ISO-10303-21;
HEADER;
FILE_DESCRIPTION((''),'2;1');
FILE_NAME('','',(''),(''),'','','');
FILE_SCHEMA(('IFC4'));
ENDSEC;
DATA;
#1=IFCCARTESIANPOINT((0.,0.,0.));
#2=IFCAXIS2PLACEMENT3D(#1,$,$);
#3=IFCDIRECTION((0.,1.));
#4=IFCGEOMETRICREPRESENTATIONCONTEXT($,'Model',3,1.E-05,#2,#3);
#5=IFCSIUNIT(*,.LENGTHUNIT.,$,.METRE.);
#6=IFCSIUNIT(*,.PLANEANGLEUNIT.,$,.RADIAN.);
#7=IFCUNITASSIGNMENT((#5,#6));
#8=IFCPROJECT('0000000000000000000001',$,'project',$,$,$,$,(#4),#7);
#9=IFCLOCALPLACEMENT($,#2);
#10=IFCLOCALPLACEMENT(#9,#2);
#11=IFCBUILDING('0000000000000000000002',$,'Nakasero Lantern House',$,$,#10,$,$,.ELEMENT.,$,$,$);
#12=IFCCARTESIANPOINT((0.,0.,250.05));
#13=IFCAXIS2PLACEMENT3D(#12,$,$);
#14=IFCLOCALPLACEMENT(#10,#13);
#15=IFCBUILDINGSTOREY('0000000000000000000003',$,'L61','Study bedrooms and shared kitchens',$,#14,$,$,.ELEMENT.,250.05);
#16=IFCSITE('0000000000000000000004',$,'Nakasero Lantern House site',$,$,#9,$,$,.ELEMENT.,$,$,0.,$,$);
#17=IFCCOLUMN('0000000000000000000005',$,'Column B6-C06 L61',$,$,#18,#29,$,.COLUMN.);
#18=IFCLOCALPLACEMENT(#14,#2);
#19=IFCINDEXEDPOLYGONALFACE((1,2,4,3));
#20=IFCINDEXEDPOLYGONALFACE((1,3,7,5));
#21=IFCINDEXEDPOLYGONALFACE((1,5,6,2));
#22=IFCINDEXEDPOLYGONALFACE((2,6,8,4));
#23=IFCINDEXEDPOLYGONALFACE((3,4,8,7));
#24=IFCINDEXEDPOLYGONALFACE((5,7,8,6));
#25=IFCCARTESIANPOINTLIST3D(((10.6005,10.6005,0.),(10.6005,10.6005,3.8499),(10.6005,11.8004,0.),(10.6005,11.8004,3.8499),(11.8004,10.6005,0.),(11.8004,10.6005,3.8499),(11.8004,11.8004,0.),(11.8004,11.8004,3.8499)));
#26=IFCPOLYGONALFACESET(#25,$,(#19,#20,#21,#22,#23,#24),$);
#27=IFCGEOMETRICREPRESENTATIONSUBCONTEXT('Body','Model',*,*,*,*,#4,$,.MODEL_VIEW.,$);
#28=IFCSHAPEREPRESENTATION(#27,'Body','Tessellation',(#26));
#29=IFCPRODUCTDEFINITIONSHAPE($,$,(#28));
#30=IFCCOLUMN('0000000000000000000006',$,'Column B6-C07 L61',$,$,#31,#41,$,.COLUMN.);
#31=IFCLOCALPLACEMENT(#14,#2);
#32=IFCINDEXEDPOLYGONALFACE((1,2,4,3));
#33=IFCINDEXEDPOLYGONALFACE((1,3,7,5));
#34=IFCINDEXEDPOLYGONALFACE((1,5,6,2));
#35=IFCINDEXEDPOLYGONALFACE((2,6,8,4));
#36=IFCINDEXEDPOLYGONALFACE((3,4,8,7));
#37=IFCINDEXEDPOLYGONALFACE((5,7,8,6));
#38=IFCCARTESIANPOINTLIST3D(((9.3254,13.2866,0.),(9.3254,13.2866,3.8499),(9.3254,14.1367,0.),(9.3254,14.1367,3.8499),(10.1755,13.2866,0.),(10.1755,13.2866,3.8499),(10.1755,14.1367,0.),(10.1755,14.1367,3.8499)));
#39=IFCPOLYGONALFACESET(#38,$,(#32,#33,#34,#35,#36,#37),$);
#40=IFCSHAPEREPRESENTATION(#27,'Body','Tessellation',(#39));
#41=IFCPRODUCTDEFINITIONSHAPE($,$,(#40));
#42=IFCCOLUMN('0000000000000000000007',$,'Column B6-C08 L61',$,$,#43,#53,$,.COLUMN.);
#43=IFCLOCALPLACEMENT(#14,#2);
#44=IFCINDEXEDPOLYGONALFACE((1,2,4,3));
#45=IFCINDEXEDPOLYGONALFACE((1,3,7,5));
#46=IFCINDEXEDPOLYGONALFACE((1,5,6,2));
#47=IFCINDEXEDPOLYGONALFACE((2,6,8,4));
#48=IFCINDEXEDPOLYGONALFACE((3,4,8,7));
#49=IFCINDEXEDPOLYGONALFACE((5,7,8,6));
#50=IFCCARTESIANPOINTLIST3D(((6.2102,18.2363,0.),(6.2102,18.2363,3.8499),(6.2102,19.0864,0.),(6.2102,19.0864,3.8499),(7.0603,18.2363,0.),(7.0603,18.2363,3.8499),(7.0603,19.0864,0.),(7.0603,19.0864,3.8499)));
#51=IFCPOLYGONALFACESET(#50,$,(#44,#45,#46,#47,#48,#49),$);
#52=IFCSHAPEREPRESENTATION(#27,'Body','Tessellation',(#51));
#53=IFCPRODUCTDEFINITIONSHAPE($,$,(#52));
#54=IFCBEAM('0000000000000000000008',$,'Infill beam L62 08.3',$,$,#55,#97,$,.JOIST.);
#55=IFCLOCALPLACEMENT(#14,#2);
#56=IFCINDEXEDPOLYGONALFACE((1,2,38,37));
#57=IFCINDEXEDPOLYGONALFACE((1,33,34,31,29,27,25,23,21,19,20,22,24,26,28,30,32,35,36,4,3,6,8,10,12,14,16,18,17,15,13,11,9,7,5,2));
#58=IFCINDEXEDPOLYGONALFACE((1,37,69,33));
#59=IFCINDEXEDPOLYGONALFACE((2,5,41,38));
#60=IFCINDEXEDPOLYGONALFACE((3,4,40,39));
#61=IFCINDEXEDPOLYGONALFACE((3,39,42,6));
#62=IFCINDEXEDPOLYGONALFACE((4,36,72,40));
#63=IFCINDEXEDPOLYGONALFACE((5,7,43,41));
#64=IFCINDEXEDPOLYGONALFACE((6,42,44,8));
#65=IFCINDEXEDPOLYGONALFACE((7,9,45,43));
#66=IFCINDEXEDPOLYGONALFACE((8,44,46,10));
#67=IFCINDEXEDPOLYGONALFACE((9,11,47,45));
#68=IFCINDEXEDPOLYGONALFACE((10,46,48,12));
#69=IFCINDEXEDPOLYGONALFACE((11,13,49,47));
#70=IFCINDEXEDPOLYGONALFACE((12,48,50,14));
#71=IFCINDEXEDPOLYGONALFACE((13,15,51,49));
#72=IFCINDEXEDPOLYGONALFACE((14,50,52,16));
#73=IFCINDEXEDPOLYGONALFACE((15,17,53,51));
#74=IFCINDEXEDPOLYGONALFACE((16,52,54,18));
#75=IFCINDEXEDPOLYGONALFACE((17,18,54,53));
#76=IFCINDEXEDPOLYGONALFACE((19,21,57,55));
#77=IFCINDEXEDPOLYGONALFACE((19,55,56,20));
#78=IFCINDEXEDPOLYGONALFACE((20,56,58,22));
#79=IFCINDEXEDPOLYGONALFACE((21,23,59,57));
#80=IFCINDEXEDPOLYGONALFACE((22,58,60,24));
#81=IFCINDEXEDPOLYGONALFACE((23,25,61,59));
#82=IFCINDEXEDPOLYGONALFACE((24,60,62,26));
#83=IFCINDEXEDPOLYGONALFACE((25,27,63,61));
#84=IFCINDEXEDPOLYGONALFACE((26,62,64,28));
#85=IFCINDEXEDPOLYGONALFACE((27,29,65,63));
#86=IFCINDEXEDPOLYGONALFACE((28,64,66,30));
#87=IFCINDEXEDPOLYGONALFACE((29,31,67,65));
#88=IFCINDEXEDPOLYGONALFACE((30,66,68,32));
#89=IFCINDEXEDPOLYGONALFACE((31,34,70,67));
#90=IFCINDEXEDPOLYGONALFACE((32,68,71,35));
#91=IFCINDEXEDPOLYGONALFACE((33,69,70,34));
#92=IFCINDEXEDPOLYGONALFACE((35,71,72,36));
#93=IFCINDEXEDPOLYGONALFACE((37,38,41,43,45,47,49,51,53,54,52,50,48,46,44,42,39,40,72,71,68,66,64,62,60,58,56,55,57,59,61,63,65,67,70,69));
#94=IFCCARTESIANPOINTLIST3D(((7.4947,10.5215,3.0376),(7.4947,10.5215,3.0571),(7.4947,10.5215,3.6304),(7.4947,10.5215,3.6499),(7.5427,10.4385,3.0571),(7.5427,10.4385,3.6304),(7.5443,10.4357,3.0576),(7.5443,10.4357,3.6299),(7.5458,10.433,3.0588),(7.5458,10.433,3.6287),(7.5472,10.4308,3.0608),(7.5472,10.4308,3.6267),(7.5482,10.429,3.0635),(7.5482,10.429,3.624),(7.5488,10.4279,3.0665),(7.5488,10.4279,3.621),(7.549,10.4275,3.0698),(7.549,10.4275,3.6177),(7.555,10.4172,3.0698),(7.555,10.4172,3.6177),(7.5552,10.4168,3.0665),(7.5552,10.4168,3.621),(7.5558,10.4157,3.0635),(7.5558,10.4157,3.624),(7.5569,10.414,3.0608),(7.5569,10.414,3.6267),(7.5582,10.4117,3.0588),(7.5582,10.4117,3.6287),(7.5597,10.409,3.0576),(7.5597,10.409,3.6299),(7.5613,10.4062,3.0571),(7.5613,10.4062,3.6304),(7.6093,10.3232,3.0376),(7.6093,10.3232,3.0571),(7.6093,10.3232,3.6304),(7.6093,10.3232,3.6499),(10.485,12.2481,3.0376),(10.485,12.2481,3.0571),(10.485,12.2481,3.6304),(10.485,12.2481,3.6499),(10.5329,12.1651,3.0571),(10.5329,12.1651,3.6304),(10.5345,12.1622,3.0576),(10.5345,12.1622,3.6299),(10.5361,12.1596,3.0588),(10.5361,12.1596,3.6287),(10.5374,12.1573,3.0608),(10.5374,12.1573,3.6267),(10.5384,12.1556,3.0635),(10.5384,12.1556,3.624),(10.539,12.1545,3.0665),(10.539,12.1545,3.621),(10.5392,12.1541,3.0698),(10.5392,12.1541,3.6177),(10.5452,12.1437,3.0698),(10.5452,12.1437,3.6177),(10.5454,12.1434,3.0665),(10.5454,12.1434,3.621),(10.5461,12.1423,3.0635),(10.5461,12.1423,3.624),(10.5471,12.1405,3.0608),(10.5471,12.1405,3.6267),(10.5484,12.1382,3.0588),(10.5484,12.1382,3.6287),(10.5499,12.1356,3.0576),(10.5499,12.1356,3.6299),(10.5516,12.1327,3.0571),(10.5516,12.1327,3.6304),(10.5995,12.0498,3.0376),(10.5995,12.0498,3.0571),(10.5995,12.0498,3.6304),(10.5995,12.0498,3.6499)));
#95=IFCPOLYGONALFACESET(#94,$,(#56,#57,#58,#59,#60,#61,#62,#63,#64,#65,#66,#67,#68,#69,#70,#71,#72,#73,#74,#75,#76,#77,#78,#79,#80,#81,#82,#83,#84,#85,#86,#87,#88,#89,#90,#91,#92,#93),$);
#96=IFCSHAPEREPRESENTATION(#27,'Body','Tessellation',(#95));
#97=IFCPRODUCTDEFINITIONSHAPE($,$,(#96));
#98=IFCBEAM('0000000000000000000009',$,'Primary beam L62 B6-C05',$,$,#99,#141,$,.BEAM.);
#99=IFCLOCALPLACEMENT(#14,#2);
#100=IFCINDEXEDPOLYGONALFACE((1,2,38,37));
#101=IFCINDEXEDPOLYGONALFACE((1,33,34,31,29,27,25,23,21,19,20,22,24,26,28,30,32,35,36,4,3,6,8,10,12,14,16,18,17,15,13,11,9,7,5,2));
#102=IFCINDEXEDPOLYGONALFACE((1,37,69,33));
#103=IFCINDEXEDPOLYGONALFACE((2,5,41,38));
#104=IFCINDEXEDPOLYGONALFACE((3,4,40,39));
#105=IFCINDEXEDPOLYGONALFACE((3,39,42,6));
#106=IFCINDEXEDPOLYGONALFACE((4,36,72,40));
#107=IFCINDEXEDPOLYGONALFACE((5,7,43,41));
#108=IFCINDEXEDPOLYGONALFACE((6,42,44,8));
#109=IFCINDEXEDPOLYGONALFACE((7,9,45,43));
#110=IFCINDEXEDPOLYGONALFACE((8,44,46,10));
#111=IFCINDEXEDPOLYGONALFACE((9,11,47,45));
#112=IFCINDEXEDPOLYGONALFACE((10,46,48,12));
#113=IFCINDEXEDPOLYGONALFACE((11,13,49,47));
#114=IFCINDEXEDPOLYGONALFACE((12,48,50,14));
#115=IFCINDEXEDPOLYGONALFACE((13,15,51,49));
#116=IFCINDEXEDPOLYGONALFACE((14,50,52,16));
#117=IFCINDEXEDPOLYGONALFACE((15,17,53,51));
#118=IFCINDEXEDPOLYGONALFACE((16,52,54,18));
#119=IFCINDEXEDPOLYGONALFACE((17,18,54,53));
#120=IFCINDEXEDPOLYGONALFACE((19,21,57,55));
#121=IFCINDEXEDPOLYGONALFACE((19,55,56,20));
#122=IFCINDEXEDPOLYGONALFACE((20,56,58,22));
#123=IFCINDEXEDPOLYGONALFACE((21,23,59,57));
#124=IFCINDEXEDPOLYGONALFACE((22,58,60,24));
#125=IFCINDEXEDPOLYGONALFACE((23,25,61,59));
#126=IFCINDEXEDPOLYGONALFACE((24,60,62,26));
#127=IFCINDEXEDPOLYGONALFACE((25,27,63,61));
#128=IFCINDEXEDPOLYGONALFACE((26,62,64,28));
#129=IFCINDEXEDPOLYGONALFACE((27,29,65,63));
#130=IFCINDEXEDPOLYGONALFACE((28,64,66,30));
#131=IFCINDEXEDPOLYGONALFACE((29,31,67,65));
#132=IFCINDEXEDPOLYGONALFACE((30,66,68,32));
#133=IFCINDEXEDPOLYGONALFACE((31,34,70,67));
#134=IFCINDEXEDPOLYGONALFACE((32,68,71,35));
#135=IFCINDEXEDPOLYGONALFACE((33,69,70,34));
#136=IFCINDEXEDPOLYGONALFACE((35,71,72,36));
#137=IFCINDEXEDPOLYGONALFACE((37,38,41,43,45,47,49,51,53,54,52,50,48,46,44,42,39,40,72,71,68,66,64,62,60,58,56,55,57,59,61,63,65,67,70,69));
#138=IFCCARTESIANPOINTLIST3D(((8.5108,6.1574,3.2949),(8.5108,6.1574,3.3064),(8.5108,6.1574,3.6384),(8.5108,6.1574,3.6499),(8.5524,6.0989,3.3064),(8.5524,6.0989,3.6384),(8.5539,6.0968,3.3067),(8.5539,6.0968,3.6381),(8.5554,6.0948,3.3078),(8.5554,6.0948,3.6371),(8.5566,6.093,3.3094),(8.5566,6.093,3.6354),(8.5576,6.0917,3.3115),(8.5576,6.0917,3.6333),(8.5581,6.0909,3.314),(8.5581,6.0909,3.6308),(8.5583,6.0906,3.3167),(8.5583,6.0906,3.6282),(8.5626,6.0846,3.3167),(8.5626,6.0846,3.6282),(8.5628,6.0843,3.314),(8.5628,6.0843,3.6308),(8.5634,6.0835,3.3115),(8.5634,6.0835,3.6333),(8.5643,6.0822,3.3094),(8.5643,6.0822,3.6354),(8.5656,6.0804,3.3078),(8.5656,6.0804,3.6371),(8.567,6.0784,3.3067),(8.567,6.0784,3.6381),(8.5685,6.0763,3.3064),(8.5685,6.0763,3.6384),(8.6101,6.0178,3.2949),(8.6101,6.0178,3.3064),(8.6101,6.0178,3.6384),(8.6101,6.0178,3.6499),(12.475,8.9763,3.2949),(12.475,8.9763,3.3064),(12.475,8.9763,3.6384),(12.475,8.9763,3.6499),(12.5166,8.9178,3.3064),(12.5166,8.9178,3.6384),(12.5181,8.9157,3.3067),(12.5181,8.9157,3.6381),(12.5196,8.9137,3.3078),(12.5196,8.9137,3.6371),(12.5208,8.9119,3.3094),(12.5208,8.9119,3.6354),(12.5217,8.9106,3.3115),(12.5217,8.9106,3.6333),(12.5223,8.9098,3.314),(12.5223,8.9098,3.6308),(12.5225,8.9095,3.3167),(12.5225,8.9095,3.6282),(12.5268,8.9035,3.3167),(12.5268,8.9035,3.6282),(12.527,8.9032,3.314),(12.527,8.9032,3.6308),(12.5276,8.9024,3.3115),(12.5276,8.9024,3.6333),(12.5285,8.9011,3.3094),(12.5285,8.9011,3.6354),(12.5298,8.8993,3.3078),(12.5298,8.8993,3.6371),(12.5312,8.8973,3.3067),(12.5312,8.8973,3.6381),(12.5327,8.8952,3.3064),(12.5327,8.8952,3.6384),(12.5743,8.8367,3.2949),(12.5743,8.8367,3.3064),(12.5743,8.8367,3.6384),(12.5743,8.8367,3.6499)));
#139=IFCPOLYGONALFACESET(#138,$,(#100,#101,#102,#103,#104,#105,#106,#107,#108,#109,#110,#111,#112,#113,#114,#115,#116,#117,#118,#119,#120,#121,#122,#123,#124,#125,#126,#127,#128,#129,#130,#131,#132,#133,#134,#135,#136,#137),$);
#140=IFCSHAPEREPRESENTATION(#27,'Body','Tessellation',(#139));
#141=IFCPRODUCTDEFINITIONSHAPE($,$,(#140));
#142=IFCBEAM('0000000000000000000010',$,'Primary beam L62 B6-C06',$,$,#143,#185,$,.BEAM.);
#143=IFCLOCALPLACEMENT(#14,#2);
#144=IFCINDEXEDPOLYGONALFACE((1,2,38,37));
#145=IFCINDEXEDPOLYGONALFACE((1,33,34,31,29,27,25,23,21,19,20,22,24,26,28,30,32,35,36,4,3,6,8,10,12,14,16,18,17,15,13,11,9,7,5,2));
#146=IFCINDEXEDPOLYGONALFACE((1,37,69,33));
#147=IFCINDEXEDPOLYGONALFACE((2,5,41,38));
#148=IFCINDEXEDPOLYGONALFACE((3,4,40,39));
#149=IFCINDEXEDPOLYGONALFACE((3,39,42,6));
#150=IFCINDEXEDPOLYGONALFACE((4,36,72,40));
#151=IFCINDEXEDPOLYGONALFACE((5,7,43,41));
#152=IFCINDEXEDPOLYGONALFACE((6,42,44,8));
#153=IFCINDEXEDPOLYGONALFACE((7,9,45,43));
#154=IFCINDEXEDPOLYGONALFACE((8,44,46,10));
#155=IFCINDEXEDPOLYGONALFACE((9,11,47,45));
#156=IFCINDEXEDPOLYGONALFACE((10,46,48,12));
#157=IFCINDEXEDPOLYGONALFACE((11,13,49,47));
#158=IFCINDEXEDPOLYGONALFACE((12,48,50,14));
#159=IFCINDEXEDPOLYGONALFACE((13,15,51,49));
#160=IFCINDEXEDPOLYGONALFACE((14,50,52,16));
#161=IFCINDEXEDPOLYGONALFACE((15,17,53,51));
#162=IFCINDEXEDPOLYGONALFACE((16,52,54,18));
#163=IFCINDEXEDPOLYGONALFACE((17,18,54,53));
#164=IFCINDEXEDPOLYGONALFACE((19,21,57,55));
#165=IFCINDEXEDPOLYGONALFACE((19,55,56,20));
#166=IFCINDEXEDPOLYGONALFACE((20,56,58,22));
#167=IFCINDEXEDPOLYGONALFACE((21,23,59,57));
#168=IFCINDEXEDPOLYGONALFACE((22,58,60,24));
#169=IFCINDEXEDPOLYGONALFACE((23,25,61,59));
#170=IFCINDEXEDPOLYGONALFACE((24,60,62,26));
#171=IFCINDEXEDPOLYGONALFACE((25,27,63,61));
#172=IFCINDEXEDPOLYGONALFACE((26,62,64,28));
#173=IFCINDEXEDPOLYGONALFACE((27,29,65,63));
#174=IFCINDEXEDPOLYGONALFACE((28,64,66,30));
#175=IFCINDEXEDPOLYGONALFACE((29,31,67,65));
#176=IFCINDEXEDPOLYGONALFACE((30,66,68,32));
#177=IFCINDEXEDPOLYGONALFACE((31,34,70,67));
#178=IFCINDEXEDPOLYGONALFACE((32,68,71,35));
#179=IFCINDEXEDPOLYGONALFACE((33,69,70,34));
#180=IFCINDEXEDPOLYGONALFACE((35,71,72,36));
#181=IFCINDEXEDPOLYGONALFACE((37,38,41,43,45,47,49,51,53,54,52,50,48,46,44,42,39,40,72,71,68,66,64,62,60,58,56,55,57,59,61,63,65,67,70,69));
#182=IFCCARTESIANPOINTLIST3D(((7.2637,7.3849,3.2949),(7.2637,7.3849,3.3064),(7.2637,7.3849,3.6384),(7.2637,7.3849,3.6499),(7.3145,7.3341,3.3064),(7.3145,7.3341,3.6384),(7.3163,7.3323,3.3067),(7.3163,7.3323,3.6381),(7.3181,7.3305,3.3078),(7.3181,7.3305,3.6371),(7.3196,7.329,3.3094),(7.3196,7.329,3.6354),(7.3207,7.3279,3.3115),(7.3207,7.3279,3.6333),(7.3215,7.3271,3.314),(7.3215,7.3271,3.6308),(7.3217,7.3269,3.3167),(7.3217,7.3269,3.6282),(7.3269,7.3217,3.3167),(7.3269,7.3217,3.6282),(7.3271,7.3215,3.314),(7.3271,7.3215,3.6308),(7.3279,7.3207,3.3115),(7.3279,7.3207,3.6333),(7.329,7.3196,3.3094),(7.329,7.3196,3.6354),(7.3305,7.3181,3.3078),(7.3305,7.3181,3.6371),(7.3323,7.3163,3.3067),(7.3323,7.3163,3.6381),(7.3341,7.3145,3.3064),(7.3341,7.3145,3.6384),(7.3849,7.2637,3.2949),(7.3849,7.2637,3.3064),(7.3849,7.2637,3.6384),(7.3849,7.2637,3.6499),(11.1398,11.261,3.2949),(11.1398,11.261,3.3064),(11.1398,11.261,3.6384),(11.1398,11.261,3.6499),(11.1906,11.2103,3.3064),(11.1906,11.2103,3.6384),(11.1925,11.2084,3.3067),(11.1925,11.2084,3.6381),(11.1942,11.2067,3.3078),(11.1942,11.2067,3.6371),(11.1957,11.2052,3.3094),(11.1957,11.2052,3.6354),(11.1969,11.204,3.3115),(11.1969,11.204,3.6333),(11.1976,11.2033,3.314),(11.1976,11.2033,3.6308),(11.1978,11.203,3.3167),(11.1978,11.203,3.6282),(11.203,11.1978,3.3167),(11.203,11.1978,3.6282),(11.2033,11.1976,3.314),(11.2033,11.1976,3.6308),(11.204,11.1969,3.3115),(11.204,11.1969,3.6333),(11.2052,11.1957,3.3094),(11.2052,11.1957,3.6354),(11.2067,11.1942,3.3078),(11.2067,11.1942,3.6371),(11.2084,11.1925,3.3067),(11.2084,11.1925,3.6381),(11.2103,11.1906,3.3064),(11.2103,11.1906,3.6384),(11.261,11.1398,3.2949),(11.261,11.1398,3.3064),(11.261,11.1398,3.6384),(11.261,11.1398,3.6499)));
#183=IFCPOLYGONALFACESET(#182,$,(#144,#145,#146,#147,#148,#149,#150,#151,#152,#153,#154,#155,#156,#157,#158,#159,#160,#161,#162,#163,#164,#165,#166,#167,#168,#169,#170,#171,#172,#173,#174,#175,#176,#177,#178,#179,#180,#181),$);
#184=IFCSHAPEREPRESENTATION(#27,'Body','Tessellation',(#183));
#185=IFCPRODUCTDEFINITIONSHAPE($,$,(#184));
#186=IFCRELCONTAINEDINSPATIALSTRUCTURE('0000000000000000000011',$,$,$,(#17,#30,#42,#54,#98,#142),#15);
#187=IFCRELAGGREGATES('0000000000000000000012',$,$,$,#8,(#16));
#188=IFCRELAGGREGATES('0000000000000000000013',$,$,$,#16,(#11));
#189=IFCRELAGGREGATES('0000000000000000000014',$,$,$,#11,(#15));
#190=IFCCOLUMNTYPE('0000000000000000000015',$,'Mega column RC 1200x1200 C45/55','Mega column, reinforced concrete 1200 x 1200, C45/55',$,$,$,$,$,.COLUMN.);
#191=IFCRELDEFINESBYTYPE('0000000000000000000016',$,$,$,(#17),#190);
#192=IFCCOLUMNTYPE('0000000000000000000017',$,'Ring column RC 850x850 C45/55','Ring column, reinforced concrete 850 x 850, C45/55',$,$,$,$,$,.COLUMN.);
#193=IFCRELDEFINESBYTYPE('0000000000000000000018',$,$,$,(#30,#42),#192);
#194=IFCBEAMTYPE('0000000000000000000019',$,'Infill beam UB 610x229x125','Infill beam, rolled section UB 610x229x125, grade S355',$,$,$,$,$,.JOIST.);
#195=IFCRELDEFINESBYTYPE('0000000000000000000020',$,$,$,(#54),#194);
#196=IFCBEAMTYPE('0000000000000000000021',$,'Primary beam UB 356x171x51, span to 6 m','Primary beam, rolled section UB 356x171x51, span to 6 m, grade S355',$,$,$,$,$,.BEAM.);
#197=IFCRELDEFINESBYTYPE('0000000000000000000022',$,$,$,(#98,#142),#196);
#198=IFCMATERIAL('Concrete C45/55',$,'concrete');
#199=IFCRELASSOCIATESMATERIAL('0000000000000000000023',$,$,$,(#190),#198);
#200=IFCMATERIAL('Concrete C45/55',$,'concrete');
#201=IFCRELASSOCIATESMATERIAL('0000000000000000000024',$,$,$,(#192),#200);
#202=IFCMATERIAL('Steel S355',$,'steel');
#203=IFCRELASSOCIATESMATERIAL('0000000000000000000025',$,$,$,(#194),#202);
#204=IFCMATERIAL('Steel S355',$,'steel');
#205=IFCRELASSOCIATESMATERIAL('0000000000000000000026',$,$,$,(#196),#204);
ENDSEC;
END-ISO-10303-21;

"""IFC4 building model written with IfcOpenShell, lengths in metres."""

from ifc_helpers import new_model, si_unit, direction, frame, origin, origin_2d, place, context, subcontext, project, spatial, rectangle, i_section, extrude, material, material_profile, profile_set, type_object, element, save


model = new_model("IFC4")

# Units and contexts
model_context = context("Model", 3, precision=1e-05, world=origin(), true_north=direction((0.0, 1.0)))
body_context = subcontext(model_context, "Body", "Model", "MODEL_VIEW")
ifc_project = project(units=[si_unit("LENGTHUNIT", "METRE"), si_unit("PLANEANGLEUNIT", "RADIAN")], contexts=[model_context])

# Site, building, storey
site_placement = place(None, origin())
site = spatial("IfcSite", under=ifc_project, at=site_placement, Name="Nakasero Lantern House site", CompositionType="ELEMENT", RefElevation=0.0)
building_placement = place(site_placement, origin())
building = spatial("IfcBuilding", under=site, at=building_placement, Name="Nakasero Lantern House", CompositionType="ELEMENT")
storey_placement = place(building_placement, frame((0.0, 0.0, 250.05)))
storey = spatial("IfcBuildingStorey", under=building, at=storey_placement, Name="L61", Description="Study bedrooms and shared kitchens", CompositionType="ELEMENT", Elevation=250.05)

# Columns
ifc_material_1 = material(Name="Concrete C45/55", Category="concrete")
ifc_material_profile_1 = material_profile(ifc_material_1, rectangle(XDim=1.2, YDim=1.2, at=origin_2d()), Name="RC 1200x1200")
ifc_profile_set_1 = profile_set([ifc_material_profile_1], Name="Concrete C45/55")
column_type_1 = type_object("IfcColumnType", Name="Mega column RC 1200x1200 C45/55", Description="Mega column, reinforced concrete 1200 x 1200, C45/55", PredefinedType="COLUMN", material=ifc_profile_set_1)
column_placement = place(storey_placement, frame((11.2004, 11.2004, 0.0), z_axis=(0.0, 0.0, 1.0), x_axis=(1.0, 0.0, 0.0)))
element("IfcColumn", 1, at=column_placement, inside=storey, type_object=column_type_1, Name="Column B6-C06 L61", PredefinedType="COLUMN", context=body_context, shape_type="SweptSolid", body=[
    extrude(rectangle(XDim=1.2, YDim=1.2, at=origin_2d()), origin(), (0.0, 0.0, 1.0), 3.8499),
])
ifc_material_2 = material(Name="Concrete C45/55", Category="concrete")
ifc_material_profile_2 = material_profile(ifc_material_2, rectangle(XDim=0.8501, YDim=0.8501, at=origin_2d()), Name="RC 850x850")
ifc_profile_set_2 = profile_set([ifc_material_profile_2], Name="Concrete C45/55")
column_type_2 = type_object("IfcColumnType", Name="Ring column RC 850x850 C45/55", Description="Ring column, reinforced concrete 850 x 850, C45/55", PredefinedType="COLUMN", material=ifc_profile_set_2)
for number, where, z_axis, x_axis, name in (
    (2, (9.7505, 13.7117, 0.0), (0.0, 0.0, 1.0), (1.0, 0.0, 0.0), "Column B6-C07 L61"),
    (3, (6.6353, 18.6614, 0.0), (0.0, 0.0, 1.0), (1.0, 0.0, 0.0), "Column B6-C08 L61"),
):
    element("IfcColumn", number, at=place(storey_placement, frame(where, z_axis=z_axis, x_axis=x_axis)), inside=storey, type_object=column_type_2, Name=name, PredefinedType="COLUMN", context=body_context, shape_type="SweptSolid", body=[
        extrude(rectangle(XDim=0.8501, YDim=0.8501, at=origin_2d()), origin(), (0.0, 0.0, 1.0), 3.8499),
    ])

# Beams
ifc_material_3 = material(Name="Steel S355", Category="steel")
ifc_material_profile_3 = material_profile(ifc_material_3, i_section(OverallWidth=0.229, OverallDepth=0.6123, WebThickness=0.012, FlangeThickness=0.0195, FilletRadius=0.0127, at=origin_2d()), Name="UB 610x229x125")
ifc_profile_set_3 = profile_set([ifc_material_profile_3], Name="Steel S355")
beam_type_1 = type_object("IfcBeamType", Name="Infill beam UB 610x229x125", Description="Infill beam, rolled section UB 610x229x125, grade S355", PredefinedType="JOIST", material=ifc_profile_set_3)
beam_1_placement = place(storey_placement, frame((7.552, 10.4224, 3.3438), z_axis=(0.866007, 0.500033, 0.0), x_axis=(-0.500033, 0.866007, 0.0)))
element("IfcBeam", 4, at=beam_1_placement, inside=storey, type_object=beam_type_1, Name="Infill beam L62 08.3", PredefinedType="JOIST", context=body_context, shape_type="SweptSolid", body=[
    extrude(i_section(OverallWidth=0.229, OverallDepth=0.6123, WebThickness=0.012, FlangeThickness=0.0195, FilletRadius=0.0127, at=origin_2d()), origin(), (0.0, 0.0, 1.0), 3.4529),
])
ifc_material_4 = material(Name="Steel S355", Category="steel")
ifc_material_profile_4 = material_profile(ifc_material_4, i_section(OverallWidth=0.1714, OverallDepth=0.355, WebThickness=0.0073, FlangeThickness=0.0115, FilletRadius=0.0103, at=origin_2d()), Name="UB 356x171x51")
ifc_profile_set_4 = profile_set([ifc_material_profile_4], Name="Steel S355")
beam_type_2 = type_object("IfcBeamType", Name="Primary beam UB 356x171x51, span to 6 m", Description="Primary beam, rolled section UB 356x171x51, span to 6 m, grade S355", PredefinedType="BEAM", material=ifc_profile_set_4)
beam_2_placement = place(storey_placement, frame((12.5247, 8.9065, 3.4724), z_axis=(-0.814963, -0.579513, 0.0), x_axis=(0.579513, -0.814963, 0.0)))
element("IfcBeam", 5, at=beam_2_placement, inside=storey, type_object=beam_type_2, Name="Primary beam L62 B6-C05", PredefinedType="BEAM", context=body_context, shape_type="SweptSolid", body=[
    extrude(i_section(OverallWidth=0.1714, OverallDepth=0.355, WebThickness=0.0073, FlangeThickness=0.0115, FilletRadius=0.0103, at=origin_2d()), origin(), (0.0, 0.0, 1.0), 4.8643),
])
beam_3_placement = place(storey_placement, frame((11.2004, 11.2004, 3.4724), z_axis=(-0.707107, -0.707107, 0.0), x_axis=(0.707107, -0.707107, 0.0)))
element("IfcBeam", 6, at=beam_3_placement, inside=storey, type_object=beam_type_2, Name="Primary beam L62 B6-C06", PredefinedType="BEAM", context=body_context, shape_type="SweptSolid", body=[
    extrude(i_section(OverallWidth=0.1714, OverallDepth=0.355, WebThickness=0.0073, FlangeThickness=0.0115, FilletRadius=0.0103, at=origin_2d()), origin(), (0.0, 0.0, 1.0), 5.4817),
])

save(model, "model.ifc")
